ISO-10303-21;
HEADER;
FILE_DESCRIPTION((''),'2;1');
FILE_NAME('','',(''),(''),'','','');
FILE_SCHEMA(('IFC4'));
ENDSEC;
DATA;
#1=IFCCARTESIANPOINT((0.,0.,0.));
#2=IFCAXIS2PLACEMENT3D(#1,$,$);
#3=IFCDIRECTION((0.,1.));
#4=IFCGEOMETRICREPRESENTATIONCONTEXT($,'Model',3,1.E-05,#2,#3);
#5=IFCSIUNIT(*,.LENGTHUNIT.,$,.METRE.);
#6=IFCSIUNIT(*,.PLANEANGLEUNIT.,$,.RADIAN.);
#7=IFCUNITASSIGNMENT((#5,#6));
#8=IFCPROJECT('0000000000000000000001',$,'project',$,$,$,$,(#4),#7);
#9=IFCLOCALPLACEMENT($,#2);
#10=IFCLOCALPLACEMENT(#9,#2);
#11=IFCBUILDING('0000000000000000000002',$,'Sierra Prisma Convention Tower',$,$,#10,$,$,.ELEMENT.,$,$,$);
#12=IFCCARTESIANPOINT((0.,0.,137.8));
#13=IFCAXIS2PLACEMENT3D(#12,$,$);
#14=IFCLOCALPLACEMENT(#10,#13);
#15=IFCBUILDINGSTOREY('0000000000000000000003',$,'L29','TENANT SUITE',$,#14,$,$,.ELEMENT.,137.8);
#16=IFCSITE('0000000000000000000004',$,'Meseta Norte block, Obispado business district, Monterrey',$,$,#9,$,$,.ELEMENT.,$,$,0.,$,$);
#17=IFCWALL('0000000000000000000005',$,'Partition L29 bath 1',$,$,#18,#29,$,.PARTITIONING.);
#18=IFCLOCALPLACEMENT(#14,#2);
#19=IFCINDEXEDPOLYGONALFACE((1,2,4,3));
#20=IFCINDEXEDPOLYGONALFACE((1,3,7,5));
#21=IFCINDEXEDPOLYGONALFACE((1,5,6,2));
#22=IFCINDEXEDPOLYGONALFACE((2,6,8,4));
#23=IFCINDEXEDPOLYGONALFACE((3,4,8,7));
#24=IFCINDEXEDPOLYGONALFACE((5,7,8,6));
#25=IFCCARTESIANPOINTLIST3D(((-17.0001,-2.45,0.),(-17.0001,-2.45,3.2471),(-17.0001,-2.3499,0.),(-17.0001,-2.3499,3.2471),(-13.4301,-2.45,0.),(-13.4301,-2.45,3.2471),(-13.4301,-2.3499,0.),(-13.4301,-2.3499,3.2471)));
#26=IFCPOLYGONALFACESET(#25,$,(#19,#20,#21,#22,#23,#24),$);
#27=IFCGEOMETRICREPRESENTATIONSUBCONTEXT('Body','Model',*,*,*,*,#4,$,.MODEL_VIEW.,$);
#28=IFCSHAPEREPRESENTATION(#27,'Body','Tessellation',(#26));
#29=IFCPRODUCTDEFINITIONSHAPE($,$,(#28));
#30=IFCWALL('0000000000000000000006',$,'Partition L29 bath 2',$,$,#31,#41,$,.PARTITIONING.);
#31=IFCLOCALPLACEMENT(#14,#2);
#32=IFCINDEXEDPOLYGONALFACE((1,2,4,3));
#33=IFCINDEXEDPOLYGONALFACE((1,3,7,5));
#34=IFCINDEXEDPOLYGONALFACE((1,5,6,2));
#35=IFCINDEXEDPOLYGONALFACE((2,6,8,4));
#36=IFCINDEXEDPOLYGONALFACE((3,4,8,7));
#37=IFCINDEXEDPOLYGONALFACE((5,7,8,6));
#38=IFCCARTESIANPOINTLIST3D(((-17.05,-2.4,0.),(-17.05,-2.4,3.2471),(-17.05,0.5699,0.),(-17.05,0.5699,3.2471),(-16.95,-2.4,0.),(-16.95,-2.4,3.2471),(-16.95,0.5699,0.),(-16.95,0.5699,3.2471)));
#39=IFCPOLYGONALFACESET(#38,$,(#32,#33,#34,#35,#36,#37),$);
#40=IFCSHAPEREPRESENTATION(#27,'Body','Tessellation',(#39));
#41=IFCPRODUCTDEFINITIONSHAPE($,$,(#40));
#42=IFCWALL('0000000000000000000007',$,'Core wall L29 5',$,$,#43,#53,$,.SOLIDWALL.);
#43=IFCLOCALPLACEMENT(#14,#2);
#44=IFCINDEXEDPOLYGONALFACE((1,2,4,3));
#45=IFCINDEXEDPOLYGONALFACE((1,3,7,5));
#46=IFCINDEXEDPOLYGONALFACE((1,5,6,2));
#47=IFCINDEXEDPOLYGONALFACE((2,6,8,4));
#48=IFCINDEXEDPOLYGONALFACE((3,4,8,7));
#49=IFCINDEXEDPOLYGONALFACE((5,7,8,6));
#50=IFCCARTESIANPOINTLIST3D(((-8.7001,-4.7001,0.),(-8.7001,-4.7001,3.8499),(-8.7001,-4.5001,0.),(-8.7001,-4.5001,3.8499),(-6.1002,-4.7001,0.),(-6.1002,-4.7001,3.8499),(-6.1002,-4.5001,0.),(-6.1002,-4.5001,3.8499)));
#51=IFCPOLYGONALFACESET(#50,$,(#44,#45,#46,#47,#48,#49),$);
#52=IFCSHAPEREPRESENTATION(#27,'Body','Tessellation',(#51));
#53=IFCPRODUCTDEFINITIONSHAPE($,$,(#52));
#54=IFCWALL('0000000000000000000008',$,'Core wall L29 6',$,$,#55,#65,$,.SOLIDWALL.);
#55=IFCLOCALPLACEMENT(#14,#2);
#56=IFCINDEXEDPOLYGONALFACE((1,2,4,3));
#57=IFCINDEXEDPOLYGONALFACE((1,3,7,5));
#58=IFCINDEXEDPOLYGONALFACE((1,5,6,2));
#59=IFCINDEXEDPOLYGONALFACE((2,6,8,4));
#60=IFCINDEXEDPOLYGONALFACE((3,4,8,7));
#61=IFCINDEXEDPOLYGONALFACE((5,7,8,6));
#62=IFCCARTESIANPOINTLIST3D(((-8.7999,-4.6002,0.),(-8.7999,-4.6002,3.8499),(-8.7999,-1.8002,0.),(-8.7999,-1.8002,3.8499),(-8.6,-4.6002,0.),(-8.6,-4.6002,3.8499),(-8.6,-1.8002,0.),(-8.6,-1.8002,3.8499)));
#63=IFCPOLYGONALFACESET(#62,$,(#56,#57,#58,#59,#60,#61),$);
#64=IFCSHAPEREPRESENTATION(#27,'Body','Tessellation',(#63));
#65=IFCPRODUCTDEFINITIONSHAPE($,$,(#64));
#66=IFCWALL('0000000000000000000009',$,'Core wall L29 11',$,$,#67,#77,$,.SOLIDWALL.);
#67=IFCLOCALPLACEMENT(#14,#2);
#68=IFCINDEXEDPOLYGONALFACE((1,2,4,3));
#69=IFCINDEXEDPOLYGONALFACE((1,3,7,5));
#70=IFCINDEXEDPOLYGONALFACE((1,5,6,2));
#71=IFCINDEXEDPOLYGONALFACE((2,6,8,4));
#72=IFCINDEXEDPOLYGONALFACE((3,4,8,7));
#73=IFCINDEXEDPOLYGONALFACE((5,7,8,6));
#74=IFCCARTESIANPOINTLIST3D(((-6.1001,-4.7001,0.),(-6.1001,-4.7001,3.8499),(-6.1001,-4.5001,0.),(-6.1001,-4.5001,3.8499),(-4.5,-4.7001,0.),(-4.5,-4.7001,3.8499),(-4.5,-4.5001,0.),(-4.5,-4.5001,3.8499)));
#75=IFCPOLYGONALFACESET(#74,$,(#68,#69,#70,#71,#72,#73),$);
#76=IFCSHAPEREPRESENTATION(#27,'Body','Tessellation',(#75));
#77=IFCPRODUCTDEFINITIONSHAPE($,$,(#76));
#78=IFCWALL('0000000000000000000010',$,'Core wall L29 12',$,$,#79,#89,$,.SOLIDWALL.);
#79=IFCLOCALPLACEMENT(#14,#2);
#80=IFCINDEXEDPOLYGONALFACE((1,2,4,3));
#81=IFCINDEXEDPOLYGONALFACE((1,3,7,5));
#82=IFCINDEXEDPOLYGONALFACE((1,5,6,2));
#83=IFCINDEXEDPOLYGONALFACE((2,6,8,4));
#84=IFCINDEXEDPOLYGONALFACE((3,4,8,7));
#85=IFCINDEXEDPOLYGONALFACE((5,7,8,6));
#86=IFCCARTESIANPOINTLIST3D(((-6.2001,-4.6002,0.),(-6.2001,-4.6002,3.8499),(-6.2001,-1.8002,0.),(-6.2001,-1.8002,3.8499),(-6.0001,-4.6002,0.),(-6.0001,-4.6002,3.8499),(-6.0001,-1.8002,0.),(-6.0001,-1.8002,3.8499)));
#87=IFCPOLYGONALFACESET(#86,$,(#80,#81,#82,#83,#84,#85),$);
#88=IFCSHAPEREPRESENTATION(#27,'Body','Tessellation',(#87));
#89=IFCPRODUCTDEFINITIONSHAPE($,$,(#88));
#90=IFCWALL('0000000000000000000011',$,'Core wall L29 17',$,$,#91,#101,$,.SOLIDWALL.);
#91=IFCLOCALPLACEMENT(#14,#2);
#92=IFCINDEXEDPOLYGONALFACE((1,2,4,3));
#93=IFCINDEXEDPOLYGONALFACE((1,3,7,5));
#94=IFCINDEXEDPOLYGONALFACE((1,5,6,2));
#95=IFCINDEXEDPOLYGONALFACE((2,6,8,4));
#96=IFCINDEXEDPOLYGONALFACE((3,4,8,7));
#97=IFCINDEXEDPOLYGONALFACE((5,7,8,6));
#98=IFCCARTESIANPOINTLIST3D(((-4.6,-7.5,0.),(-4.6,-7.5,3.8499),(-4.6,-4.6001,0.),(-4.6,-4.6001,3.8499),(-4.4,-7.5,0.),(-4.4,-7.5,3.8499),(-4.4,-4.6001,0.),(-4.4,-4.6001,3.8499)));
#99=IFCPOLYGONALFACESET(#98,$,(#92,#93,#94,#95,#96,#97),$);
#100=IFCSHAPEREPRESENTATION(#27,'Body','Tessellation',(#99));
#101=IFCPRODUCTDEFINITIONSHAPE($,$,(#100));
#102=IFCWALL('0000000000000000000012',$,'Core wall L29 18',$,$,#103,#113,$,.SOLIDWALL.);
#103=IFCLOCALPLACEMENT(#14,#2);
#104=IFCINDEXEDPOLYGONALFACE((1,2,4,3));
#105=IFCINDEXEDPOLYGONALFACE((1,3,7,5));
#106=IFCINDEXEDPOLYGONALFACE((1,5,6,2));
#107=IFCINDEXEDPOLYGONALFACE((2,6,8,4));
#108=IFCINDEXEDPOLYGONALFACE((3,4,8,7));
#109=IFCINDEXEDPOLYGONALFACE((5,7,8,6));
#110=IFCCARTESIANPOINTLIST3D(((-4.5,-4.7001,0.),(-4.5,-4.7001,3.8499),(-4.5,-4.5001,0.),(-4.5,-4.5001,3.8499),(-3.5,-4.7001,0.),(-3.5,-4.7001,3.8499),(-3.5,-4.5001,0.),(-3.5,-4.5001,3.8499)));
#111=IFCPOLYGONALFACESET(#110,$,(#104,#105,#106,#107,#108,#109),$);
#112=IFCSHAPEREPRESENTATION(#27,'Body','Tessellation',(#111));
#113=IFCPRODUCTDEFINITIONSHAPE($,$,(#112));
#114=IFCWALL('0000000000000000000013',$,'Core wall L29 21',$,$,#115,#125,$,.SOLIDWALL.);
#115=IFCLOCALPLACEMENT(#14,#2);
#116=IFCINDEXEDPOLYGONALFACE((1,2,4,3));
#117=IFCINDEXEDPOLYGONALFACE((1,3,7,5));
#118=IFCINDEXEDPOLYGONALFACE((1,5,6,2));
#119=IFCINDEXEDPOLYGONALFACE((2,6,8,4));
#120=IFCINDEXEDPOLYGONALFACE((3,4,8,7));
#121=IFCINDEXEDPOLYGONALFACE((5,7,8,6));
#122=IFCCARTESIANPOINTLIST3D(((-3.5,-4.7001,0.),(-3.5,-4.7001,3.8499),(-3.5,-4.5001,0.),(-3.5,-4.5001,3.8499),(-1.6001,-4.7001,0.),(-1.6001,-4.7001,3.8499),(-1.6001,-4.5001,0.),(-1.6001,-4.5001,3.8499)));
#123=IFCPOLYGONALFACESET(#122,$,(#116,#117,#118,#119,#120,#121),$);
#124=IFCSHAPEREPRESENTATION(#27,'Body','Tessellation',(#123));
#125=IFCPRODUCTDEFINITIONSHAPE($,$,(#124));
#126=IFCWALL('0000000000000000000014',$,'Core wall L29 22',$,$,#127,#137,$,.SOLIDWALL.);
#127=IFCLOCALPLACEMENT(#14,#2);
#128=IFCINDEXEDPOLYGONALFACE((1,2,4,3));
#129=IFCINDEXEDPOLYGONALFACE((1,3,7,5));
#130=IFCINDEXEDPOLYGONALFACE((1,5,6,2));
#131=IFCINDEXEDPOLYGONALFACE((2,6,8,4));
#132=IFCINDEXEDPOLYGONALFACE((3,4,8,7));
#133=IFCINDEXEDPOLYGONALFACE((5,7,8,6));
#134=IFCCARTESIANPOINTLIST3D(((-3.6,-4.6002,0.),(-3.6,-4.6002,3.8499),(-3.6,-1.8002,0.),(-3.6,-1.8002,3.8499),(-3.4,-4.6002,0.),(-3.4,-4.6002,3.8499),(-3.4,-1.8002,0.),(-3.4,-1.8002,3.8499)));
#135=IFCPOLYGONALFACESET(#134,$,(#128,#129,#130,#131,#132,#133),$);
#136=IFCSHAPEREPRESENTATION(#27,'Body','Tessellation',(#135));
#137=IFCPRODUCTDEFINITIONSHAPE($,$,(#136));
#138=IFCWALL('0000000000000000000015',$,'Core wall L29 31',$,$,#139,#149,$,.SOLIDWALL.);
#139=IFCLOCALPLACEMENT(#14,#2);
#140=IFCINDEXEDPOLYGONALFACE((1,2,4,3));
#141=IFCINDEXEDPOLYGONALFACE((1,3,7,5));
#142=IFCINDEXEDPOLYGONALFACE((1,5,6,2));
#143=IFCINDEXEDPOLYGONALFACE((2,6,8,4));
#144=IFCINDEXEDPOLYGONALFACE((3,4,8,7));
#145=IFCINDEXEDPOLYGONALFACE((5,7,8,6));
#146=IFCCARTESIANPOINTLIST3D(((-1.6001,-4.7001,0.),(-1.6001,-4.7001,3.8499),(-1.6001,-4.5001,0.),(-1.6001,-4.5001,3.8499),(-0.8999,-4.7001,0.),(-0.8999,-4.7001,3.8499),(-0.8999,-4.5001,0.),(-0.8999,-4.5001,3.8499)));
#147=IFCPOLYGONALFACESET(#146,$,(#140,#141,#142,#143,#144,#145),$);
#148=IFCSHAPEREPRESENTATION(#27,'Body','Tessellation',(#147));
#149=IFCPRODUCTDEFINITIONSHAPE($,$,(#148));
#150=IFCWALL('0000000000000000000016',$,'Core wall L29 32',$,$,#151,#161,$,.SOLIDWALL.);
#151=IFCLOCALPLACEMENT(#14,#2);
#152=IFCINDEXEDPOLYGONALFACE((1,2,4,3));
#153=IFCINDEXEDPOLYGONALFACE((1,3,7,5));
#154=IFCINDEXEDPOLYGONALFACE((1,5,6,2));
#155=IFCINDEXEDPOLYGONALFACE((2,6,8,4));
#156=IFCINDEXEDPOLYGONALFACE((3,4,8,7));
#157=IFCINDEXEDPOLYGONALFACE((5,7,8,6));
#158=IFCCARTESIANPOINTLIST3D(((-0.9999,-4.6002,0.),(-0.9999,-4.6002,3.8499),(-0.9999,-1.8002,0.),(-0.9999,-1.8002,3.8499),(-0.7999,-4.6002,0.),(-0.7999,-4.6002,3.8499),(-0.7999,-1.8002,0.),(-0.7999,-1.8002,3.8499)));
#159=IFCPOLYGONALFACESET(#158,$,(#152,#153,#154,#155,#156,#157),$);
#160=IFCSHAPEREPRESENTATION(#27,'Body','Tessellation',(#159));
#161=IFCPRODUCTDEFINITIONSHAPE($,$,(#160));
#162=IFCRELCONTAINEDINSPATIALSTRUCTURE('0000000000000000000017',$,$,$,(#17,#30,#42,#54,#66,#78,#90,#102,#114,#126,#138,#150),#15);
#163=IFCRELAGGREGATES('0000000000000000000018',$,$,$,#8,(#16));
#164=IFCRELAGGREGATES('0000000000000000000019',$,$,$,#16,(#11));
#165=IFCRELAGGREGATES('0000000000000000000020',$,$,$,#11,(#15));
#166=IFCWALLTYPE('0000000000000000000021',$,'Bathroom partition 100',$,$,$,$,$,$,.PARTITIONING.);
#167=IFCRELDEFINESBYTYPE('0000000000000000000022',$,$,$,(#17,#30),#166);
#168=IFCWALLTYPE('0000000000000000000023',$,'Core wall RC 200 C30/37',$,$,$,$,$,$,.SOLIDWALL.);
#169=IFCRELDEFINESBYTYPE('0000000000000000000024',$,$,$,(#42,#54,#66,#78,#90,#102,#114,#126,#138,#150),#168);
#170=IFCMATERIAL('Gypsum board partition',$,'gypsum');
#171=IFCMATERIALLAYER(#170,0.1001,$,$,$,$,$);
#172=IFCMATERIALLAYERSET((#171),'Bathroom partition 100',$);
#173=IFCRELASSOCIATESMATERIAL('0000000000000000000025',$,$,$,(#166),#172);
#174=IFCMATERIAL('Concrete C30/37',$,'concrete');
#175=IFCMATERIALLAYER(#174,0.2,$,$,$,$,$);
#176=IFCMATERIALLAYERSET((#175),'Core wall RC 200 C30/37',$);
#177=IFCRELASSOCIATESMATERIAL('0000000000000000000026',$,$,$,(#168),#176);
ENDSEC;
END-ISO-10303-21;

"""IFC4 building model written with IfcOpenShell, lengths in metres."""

from ifc_helpers import new_model, si_unit, direction, frame, frame_2d, origin, place, context, subcontext, project, spatial, rectangle, extrude, material, layer, layer_set, type_object, element, save


model = new_model("IFC4")

# Units and contexts
model_context = context("Model", 3, precision=1e-05, world=origin(), true_north=direction((0.0, 1.0)))
body_context = subcontext(model_context, "Body", "Model", "MODEL_VIEW")
ifc_project = project(units=[si_unit("LENGTHUNIT", "METRE"), si_unit("PLANEANGLEUNIT", "RADIAN")], contexts=[model_context])

# Site, building, storey
site_placement = place(None, origin())
site = spatial("IfcSite", under=ifc_project, at=site_placement, Name="Meseta Norte block, Obispado business district, Monterrey", CompositionType="ELEMENT", RefElevation=0.0)
building_placement = place(site_placement, origin())
building = spatial("IfcBuilding", under=site, at=building_placement, Name="Sierra Prisma Convention Tower", CompositionType="ELEMENT")
storey_placement = place(building_placement, frame((0.0, 0.0, 137.8)))
storey = spatial("IfcBuildingStorey", under=building, at=storey_placement, Name="L29", Description="TENANT SUITE", CompositionType="ELEMENT", Elevation=137.8)

# Walls
ifc_material_1 = material(Name="Gypsum board partition", Category="gypsum")
ifc_layer_1 = layer(ifc_material_1, 0.1001)
ifc_layer_set_1 = layer_set([ifc_layer_1], Name="Bathroom partition 100")
wall_type_1 = type_object("IfcWallType", Name="Bathroom partition 100", PredefinedType="PARTITIONING", material=ifc_layer_set_1)
wall_1_placement = place(storey_placement, frame((-13.4299, -2.3999, 0.0), z_axis=(0.0, 0.0, 1.0), x_axis=(-1.0, 0.0, 0.0)))
element("IfcWall", 1, at=wall_1_placement, inside=storey, type_object=wall_type_1, Name="Partition L29 bath 1", PredefinedType="PARTITIONING", context=body_context, shape_type="SweptSolid", body=[
    extrude(rectangle(XDim=3.5701, YDim=0.1001, at=frame_2d((1.7852, 0.0))), origin(), (0.0, 0.0, 1.0), 3.2471),
])
wall_2_placement = place(storey_placement, frame((-17.0, -2.3999, 0.0), z_axis=(0.0, 0.0, 1.0), x_axis=(0.0, 1.0, 0.0)))
element("IfcWall", 2, at=wall_2_placement, inside=storey, type_object=wall_type_1, Name="Partition L29 bath 2", PredefinedType="PARTITIONING", context=body_context, shape_type="SweptSolid", body=[
    extrude(rectangle(XDim=2.97, YDim=0.1001, at=frame_2d((1.4849, 0.0))), origin(), (0.0, 0.0, 1.0), 3.2471),
])

# Shared definitions
ifc_material_2 = material(Name="Concrete C30/37", Category="concrete")
ifc_layer_2 = layer(ifc_material_2, 0.2)
ifc_layer_set_2 = layer_set([ifc_layer_2], Name="Core wall RC 200 C30/37")
wall_type_2 = type_object("IfcWallType", Name="Core wall RC 200 C30/37", PredefinedType="SOLIDWALL", material=ifc_layer_set_2)

# Walls
wall_3_placement = place(storey_placement, frame((-8.7, -4.6001, 0.0), z_axis=(0.0, 0.0, 1.0), x_axis=(1.0, 0.0, 0.0)))
element("IfcWall", 3, at=wall_3_placement, inside=storey, type_object=wall_type_2, Name="Core wall L29 5", PredefinedType="SOLIDWALL", context=body_context, shape_type="SweptSolid", body=[
    extrude(rectangle(XDim=2.5999, YDim=0.2, at=frame_2d((1.2998, 0.0))), origin(), (0.0, 0.0, 1.0), 3.8499),
])
wall_4_placement = place(storey_placement, frame((-8.7, -4.6001, 0.0), z_axis=(0.0, 0.0, 1.0), x_axis=(0.0, 1.0, 0.0)))
element("IfcWall", 4, at=wall_4_placement, inside=storey, type_object=wall_type_2, Name="Core wall L29 6", PredefinedType="SOLIDWALL", context=body_context, shape_type="SweptSolid", body=[
    extrude(rectangle(XDim=2.8, YDim=0.2, at=frame_2d((1.3999, 0.0))), origin(), (0.0, 0.0, 1.0), 3.8499),
])
wall_5_placement = place(storey_placement, frame((-6.1001, -4.6001, 0.0), z_axis=(0.0, 0.0, 1.0), x_axis=(1.0, 0.0, 0.0)))
element("IfcWall", 5, at=wall_5_placement, inside=storey, type_object=wall_type_2, Name="Core wall L29 11", PredefinedType="SOLIDWALL", context=body_context, shape_type="SweptSolid", body=[
    extrude(rectangle(XDim=1.6001, YDim=0.2, at=frame_2d((0.8, 0.0))), origin(), (0.0, 0.0, 1.0), 3.8499),
])
wall_6_placement = place(storey_placement, frame((-6.1001, -4.6001, 0.0), z_axis=(0.0, 0.0, 1.0), x_axis=(0.0, 1.0, 0.0)))
element("IfcWall", 6, at=wall_6_placement, inside=storey, type_object=wall_type_2, Name="Core wall L29 12", PredefinedType="SOLIDWALL", context=body_context, shape_type="SweptSolid", body=[
    extrude(rectangle(XDim=2.8, YDim=0.2, at=frame_2d((1.3999, 0.0))), origin(), (0.0, 0.0, 1.0), 3.8499),
])
wall_7_placement = place(storey_placement, frame((-4.5, -4.6001, 0.0), z_axis=(0.0, 0.0, 1.0), x_axis=(0.0, -1.0, 0.0)))
element("IfcWall", 7, at=wall_7_placement, inside=storey, type_object=wall_type_2, Name="Core wall L29 17", PredefinedType="SOLIDWALL", context=body_context, shape_type="SweptSolid", body=[
    extrude(rectangle(XDim=2.8999, YDim=0.2, at=frame_2d((1.45, 0.0))), origin(), (0.0, 0.0, 1.0), 3.8499),
])
wall_8_placement = place(storey_placement, frame((-4.5, -4.6001, 0.0), z_axis=(0.0, 0.0, 1.0), x_axis=(1.0, 0.0, 0.0)))
element("IfcWall", 8, at=wall_8_placement, inside=storey, type_object=wall_type_2, Name="Core wall L29 18", PredefinedType="SOLIDWALL", context=body_context, shape_type="SweptSolid", body=[
    extrude(rectangle(XDim=1.0, YDim=0.2, at=frame_2d((0.5, 0.0))), origin(), (0.0, 0.0, 1.0), 3.8499),
])
wall_9_placement = place(storey_placement, frame((-3.5, -4.6001, 0.0), z_axis=(0.0, 0.0, 1.0), x_axis=(1.0, 0.0, 0.0)))
element("IfcWall", 9, at=wall_9_placement, inside=storey, type_object=wall_type_2, Name="Core wall L29 21", PredefinedType="SOLIDWALL", context=body_context, shape_type="SweptSolid", body=[
    extrude(rectangle(XDim=1.8999, YDim=0.2, at=frame_2d((0.95, 0.0))), origin(), (0.0, 0.0, 1.0), 3.8499),
])
wall_10_placement = place(storey_placement, frame((-3.5, -4.6001, 0.0), z_axis=(0.0, 0.0, 1.0), x_axis=(0.0, 1.0, 0.0)))
element("IfcWall", 10, at=wall_10_placement, inside=storey, type_object=wall_type_2, Name="Core wall L29 22", PredefinedType="SOLIDWALL", context=body_context, shape_type="SweptSolid", body=[
    extrude(rectangle(XDim=2.8, YDim=0.2, at=frame_2d((1.3999, 0.0))), origin(), (0.0, 0.0, 1.0), 3.8499),
])
wall_11_placement = place(storey_placement, frame((-1.6001, -4.6001, 0.0), z_axis=(0.0, 0.0, 1.0), x_axis=(1.0, 0.0, 0.0)))
element("IfcWall", 11, at=wall_11_placement, inside=storey, type_object=wall_type_2, Name="Core wall L29 31", PredefinedType="SOLIDWALL", context=body_context, shape_type="SweptSolid", body=[
    extrude(rectangle(XDim=0.7002, YDim=0.2, at=frame_2d((0.3501, 0.0))), origin(), (0.0, 0.0, 1.0), 3.8499),
])
wall_12_placement = place(storey_placement, frame((-0.8999, -4.6001, 0.0), z_axis=(0.0, 0.0, 1.0), x_axis=(0.0, 1.0, 0.0)))
element("IfcWall", 12, at=wall_12_placement, inside=storey, type_object=wall_type_2, Name="Core wall L29 32", PredefinedType="SOLIDWALL", context=body_context, shape_type="SweptSolid", body=[
    extrude(rectangle(XDim=2.8, YDim=0.2, at=frame_2d((1.3999, 0.0))), origin(), (0.0, 0.0, 1.0), 3.8499),
])

save(model, "model.ifc")
